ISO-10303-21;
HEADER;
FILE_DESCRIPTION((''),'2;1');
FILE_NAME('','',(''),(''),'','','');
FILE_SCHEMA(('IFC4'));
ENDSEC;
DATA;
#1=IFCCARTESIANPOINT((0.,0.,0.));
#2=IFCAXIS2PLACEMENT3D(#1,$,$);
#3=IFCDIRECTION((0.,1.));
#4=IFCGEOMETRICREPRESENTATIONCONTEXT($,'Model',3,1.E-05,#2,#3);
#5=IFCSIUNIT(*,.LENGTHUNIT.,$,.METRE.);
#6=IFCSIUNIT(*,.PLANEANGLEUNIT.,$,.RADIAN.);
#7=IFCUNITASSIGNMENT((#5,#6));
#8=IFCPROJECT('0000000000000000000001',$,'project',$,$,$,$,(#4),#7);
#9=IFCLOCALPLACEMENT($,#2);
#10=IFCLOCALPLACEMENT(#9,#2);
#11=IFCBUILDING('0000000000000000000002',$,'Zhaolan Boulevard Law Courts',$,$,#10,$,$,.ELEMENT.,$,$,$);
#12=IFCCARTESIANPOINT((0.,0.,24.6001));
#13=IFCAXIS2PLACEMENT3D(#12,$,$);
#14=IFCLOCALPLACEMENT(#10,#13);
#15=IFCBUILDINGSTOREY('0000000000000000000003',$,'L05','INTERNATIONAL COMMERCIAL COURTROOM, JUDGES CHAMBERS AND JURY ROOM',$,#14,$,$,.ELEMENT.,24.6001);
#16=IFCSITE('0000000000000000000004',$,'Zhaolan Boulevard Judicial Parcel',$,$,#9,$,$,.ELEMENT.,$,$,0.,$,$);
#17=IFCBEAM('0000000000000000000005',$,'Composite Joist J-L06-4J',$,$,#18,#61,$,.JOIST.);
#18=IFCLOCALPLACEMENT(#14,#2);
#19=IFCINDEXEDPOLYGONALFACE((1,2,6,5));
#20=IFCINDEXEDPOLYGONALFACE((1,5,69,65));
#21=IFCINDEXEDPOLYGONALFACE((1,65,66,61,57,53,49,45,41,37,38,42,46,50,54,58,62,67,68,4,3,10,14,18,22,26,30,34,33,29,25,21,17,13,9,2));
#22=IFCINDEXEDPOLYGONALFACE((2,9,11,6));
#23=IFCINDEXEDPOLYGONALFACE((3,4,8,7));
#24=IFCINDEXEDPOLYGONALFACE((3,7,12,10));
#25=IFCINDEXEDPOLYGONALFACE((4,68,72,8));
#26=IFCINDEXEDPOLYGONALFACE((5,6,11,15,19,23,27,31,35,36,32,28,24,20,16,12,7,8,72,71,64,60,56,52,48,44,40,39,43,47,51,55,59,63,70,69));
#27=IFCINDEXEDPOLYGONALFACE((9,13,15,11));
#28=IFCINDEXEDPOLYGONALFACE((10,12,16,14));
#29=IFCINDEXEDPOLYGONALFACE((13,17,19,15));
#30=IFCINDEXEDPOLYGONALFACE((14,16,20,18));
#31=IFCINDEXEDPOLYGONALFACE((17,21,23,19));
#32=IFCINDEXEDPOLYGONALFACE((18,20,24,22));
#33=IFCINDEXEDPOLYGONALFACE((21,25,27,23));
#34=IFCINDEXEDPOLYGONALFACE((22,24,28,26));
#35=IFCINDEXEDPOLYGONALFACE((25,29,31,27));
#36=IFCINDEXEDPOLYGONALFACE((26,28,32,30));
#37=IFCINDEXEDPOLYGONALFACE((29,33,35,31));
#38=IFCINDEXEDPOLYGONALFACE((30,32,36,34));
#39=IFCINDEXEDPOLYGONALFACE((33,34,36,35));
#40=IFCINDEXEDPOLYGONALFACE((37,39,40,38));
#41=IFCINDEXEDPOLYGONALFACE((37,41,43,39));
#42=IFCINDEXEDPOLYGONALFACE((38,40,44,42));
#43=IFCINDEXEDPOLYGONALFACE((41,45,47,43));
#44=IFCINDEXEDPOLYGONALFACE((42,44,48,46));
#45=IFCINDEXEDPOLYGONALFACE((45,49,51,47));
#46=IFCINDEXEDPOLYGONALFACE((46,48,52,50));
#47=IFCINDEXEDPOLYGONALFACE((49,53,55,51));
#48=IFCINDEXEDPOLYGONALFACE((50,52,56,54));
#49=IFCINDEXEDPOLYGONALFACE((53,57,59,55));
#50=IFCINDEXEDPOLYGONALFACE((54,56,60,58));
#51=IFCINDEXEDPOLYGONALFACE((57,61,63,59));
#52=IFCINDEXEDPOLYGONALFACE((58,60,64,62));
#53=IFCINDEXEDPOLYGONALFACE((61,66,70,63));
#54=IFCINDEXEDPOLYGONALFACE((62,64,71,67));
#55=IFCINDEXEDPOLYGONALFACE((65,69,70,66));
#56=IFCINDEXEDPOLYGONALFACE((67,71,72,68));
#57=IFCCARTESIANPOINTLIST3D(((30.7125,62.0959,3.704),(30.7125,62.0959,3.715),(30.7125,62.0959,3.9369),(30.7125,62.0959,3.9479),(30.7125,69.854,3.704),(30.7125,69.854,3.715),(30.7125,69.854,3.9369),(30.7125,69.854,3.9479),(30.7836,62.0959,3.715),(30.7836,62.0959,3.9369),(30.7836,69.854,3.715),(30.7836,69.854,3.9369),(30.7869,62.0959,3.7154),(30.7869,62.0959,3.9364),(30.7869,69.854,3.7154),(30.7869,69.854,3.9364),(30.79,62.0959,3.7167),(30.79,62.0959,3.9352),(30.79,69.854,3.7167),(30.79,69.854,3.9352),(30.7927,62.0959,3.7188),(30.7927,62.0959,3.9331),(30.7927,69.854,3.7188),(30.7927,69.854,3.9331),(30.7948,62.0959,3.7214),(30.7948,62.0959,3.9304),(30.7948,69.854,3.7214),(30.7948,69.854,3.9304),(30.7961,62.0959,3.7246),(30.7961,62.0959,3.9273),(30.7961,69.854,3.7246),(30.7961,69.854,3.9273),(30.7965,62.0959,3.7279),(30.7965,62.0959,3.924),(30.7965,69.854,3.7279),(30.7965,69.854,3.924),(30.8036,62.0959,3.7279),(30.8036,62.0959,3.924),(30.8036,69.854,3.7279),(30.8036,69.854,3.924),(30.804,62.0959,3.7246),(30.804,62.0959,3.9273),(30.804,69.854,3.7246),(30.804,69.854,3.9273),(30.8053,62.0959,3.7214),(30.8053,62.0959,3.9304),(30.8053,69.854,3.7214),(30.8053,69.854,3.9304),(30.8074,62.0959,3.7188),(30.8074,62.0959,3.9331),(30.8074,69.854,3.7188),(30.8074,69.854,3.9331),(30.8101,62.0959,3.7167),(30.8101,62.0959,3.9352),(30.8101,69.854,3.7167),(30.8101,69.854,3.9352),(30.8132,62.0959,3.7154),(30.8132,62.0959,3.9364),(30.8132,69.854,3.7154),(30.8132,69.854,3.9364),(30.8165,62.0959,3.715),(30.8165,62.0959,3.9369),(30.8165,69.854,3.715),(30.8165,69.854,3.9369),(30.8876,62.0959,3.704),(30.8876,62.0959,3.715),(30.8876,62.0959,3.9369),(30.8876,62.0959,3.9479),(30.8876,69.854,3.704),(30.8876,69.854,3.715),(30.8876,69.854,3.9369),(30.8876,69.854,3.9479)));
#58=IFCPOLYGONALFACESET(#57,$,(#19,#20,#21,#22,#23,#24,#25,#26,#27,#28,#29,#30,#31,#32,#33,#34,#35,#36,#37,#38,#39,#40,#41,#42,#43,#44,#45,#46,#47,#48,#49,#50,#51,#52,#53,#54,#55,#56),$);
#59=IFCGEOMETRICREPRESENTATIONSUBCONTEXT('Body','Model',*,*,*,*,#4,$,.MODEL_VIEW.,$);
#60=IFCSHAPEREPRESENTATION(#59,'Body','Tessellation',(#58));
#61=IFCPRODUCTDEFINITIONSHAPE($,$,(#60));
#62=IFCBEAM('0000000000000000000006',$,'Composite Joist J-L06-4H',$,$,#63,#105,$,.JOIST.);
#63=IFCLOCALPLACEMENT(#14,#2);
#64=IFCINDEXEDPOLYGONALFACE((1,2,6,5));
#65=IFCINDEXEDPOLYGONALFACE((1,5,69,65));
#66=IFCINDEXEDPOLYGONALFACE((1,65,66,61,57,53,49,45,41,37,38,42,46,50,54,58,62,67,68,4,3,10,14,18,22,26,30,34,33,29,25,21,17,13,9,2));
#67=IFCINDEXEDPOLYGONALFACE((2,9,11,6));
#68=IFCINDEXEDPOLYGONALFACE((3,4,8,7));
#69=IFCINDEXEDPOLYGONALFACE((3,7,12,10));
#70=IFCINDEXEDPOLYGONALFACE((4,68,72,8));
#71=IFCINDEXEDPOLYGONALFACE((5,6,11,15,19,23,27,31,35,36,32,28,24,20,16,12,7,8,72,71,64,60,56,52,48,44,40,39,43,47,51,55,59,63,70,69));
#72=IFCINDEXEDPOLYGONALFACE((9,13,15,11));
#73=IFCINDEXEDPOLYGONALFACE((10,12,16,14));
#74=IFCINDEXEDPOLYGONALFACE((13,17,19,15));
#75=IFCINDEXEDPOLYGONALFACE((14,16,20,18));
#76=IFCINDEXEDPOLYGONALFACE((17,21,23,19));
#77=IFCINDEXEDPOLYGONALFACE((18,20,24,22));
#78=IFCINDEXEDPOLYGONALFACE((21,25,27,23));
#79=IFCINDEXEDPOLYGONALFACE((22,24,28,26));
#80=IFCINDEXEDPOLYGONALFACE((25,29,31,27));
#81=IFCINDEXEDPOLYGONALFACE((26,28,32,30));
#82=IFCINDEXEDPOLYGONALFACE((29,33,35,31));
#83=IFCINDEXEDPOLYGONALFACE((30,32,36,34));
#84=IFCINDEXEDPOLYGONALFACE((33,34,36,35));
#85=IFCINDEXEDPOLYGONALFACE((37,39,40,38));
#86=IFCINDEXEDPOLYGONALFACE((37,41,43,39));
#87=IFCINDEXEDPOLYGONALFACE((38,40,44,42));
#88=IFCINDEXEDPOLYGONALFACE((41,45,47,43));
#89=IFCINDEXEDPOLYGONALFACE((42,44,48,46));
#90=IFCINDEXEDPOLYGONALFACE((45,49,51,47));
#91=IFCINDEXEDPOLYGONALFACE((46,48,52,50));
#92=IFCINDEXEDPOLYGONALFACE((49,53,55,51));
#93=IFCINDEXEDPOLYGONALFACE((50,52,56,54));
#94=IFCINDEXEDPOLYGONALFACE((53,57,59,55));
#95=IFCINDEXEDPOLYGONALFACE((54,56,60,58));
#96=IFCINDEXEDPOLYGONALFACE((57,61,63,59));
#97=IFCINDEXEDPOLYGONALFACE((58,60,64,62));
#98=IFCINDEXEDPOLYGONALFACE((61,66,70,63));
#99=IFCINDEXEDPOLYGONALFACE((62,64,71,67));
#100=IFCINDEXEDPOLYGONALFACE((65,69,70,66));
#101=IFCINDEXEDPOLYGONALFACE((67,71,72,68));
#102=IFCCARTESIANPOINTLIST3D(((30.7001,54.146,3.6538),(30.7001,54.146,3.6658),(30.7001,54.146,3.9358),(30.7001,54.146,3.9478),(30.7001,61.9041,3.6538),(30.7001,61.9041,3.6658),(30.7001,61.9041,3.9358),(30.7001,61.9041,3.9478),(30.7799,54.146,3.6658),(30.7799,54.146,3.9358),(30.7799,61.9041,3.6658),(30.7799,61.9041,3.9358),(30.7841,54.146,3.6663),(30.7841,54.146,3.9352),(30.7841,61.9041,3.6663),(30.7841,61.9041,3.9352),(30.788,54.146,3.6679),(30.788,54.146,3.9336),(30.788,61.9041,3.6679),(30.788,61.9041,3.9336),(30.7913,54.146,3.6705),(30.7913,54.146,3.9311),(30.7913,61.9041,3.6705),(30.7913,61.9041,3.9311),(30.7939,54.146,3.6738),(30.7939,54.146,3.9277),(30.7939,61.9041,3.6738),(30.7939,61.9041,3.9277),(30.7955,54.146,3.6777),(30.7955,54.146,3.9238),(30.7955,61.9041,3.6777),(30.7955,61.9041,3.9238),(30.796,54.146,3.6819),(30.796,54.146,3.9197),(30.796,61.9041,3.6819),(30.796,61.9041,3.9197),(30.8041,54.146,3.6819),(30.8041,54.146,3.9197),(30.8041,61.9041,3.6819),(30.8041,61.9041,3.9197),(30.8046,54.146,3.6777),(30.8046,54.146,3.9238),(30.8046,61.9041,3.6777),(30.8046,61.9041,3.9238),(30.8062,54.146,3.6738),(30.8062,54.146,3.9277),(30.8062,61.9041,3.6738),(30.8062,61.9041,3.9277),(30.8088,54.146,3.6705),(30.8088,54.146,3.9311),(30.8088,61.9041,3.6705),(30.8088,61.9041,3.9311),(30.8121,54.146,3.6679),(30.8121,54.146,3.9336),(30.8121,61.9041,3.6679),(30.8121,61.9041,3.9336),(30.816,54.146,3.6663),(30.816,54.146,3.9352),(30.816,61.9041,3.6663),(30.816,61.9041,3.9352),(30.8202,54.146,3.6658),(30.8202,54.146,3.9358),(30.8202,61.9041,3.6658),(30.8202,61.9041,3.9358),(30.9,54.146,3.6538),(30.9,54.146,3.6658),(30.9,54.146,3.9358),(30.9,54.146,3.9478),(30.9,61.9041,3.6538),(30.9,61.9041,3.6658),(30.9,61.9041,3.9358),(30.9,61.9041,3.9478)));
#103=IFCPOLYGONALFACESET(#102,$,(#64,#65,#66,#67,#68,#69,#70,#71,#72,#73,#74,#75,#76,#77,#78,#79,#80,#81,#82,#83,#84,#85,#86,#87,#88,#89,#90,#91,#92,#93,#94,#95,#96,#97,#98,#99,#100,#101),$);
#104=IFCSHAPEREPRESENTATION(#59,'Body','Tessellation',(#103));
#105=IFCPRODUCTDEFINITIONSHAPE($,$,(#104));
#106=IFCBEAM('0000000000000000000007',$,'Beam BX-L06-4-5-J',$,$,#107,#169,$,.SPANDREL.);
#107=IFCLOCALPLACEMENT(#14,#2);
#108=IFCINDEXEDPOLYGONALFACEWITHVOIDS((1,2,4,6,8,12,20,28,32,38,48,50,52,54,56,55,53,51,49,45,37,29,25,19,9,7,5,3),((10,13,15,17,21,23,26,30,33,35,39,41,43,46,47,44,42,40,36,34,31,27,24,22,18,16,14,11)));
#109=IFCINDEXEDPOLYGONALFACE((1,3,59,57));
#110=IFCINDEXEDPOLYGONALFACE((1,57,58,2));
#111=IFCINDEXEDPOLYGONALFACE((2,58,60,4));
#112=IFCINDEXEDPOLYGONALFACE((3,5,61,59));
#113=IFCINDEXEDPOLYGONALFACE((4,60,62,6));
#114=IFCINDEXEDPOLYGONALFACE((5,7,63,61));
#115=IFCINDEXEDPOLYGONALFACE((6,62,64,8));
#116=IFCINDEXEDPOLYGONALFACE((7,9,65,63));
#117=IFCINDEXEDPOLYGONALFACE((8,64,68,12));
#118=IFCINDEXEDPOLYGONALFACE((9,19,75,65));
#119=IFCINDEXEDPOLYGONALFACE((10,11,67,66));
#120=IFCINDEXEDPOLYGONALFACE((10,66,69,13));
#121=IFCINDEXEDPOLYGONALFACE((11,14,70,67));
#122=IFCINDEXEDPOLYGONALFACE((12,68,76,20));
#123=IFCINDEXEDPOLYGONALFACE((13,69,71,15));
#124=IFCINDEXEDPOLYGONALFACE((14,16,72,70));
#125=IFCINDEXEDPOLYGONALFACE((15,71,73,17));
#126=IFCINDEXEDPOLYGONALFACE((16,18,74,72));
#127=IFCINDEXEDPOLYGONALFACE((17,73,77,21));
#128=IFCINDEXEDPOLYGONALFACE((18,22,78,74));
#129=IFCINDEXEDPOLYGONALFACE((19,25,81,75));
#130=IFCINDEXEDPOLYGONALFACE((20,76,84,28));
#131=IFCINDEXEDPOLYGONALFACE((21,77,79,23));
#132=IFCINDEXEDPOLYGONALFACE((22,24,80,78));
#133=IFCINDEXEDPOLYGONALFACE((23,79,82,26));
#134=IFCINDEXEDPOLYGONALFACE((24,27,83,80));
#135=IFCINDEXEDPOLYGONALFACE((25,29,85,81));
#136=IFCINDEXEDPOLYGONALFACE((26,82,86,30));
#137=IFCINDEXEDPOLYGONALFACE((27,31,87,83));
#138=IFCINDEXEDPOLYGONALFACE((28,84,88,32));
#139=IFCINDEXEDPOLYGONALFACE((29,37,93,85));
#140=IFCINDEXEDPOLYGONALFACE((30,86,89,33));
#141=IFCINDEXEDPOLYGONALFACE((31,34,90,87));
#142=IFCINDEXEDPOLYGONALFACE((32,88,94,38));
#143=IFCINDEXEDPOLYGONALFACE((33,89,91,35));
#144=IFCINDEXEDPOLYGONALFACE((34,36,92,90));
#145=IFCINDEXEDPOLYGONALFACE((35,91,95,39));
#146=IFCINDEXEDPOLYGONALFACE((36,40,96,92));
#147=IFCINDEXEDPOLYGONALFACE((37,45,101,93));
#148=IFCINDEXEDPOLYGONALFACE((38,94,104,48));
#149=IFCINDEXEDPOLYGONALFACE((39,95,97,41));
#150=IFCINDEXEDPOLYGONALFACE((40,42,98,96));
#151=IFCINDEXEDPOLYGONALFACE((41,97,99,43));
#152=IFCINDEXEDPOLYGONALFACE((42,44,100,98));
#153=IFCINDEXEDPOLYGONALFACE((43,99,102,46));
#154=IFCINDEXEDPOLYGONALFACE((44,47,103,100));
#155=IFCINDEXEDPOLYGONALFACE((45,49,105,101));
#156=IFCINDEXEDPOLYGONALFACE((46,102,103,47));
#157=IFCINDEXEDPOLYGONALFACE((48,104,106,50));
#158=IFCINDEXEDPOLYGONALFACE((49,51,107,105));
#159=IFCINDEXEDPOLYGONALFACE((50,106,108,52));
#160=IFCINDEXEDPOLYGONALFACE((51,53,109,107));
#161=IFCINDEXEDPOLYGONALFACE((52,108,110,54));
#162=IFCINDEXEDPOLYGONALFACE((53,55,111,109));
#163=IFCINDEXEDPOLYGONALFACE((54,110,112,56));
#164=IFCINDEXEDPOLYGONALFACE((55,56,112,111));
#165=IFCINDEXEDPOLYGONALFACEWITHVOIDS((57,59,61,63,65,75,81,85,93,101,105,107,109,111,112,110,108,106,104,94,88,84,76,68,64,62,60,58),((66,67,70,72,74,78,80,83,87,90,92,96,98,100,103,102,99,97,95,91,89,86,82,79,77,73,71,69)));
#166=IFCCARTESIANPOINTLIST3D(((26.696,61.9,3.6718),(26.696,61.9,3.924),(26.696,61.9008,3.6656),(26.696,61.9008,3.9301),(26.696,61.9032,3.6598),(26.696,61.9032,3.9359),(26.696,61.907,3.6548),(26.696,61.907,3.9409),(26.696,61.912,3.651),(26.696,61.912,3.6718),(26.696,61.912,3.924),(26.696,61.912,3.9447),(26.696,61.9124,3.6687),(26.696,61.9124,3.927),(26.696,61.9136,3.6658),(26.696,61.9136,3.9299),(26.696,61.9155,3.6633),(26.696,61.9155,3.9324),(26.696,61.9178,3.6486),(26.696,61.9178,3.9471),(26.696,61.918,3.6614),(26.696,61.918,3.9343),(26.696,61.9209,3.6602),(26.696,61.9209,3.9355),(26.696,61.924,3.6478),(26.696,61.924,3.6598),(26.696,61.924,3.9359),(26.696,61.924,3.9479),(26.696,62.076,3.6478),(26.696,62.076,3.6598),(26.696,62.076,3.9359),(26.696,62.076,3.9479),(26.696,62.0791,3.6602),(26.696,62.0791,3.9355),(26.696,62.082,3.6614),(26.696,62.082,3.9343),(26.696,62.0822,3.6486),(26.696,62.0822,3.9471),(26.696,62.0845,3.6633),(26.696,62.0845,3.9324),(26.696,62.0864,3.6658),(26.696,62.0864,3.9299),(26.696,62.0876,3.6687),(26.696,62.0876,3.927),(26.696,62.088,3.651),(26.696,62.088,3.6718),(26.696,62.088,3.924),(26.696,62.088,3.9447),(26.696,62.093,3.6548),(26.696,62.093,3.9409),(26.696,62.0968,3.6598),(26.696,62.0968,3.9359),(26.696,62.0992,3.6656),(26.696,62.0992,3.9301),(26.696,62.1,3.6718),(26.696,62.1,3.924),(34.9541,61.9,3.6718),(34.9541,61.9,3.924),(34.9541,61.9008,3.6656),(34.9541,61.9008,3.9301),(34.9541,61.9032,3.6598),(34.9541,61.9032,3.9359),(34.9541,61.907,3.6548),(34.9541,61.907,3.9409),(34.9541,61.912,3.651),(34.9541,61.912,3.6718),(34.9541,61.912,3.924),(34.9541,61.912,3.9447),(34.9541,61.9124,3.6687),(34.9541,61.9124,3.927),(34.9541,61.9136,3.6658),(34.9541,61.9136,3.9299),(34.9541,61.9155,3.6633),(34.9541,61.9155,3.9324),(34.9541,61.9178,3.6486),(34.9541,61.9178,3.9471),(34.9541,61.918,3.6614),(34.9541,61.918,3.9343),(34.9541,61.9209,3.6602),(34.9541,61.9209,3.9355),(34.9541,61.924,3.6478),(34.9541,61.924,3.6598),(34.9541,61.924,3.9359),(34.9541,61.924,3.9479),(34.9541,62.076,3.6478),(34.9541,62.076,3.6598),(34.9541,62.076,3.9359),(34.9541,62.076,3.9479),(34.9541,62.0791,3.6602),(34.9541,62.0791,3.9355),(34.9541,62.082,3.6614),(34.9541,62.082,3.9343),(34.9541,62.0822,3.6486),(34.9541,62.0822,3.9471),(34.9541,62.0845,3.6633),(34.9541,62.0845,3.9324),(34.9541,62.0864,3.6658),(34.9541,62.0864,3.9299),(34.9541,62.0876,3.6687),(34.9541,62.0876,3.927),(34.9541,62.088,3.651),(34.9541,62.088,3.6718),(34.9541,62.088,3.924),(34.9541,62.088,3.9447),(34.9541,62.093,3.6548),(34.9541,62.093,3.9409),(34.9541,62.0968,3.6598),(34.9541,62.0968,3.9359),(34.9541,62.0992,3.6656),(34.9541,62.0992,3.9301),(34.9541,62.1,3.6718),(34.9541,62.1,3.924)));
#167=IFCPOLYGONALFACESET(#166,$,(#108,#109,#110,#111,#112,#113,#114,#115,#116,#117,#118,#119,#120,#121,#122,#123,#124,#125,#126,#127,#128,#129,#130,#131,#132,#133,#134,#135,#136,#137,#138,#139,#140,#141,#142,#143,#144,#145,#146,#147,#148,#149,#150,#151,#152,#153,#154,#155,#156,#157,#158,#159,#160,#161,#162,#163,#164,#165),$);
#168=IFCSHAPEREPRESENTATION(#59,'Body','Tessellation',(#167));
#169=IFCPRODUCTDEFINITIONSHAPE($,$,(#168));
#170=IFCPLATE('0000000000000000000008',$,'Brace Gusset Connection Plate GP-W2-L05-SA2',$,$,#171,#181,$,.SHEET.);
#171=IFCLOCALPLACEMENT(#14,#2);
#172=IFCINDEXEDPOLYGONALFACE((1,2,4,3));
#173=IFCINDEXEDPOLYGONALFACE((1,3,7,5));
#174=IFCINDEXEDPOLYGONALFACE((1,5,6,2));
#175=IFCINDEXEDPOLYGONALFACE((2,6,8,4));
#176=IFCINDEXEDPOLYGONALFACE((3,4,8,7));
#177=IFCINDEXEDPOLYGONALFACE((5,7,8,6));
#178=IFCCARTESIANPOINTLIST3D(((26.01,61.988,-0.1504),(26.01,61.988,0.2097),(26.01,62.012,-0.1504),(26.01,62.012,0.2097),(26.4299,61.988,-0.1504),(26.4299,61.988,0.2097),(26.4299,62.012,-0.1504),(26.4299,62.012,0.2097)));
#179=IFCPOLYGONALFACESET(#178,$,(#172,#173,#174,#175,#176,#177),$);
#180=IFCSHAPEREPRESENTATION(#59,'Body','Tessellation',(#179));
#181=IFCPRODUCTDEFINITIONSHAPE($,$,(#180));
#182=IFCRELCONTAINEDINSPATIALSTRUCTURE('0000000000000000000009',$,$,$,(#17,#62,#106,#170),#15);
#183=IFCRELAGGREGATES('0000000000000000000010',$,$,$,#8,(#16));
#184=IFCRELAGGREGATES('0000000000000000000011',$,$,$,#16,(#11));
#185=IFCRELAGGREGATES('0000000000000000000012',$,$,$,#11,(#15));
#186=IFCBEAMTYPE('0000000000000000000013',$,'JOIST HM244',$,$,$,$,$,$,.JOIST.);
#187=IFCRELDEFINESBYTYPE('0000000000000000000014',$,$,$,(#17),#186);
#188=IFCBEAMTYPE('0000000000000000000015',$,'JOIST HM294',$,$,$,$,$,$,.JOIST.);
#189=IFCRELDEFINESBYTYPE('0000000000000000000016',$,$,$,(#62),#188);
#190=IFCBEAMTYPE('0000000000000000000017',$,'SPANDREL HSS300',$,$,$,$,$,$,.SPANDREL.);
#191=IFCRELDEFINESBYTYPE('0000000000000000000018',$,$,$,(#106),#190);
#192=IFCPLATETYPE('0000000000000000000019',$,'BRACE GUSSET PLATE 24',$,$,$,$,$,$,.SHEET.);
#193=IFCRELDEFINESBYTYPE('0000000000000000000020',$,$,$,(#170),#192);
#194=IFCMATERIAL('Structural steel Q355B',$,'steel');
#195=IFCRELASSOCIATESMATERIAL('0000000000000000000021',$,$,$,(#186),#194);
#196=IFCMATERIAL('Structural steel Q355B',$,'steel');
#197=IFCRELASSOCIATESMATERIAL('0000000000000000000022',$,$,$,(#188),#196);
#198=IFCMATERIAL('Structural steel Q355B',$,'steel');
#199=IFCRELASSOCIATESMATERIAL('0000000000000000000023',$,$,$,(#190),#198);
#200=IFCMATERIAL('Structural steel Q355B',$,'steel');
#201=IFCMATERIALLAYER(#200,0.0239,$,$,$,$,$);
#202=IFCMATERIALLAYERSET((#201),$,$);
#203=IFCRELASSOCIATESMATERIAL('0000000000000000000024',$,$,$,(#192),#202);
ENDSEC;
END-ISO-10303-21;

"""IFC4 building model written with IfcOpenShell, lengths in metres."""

from ifc_helpers import new_model, si_unit, direction, frame, origin, origin_2d, place, context, subcontext, project, spatial, rectangle, hollow_rectangle, i_section, extrude, material, layer, layer_set, material_profile, profile_set, type_object, element, save


model = new_model("IFC4")

# Units and contexts
model_context = context("Model", 3, precision=1e-05, world=origin(), true_north=direction((0.0, 1.0)))
body_context = subcontext(model_context, "Body", "Model", "MODEL_VIEW")
ifc_project = project(units=[si_unit("LENGTHUNIT", "METRE"), si_unit("PLANEANGLEUNIT", "RADIAN")], contexts=[model_context])

# Site, building, storey
site_placement = place(None, origin())
site = spatial("IfcSite", under=ifc_project, at=site_placement, Name="Zhaolan Boulevard Judicial Parcel", CompositionType="ELEMENT", RefElevation=0.0)
building_placement = place(site_placement, origin())
building = spatial("IfcBuilding", under=site, at=building_placement, Name="Zhaolan Boulevard Law Courts", CompositionType="ELEMENT")
storey_placement = place(building_placement, frame((0.0, 0.0, 24.6001)))
storey = spatial("IfcBuildingStorey", under=building, at=storey_placement, Name="L05", Description="INTERNATIONAL COMMERCIAL COURTROOM, JUDGES CHAMBERS AND JURY ROOM", CompositionType="ELEMENT", Elevation=24.6001)

# Beams
ifc_material_1 = material(Name="Structural steel Q355B", Category="steel")
ifc_material_profile_1 = material_profile(ifc_material_1, i_section(OverallWidth=0.175, OverallDepth=0.2439, WebThickness=0.0071, FlangeThickness=0.011, FilletRadius=0.0129, at=origin_2d()), Name="HM244x175")
ifc_profile_set_1 = profile_set([ifc_material_profile_1], Name="Structural steel Q355B")
beam_type_1 = type_object("IfcBeamType", Name="JOIST HM244", PredefinedType="JOIST", material=ifc_profile_set_1)
beam_1_placement = place(storey_placement, frame((30.8, 62.0959, 3.8259), z_axis=(0.0, 1.0, 0.0), x_axis=(-1.0, 0.0, 0.0)))
element("IfcBeam", 1, at=beam_1_placement, inside=storey, type_object=beam_type_1, Name="Composite Joist J-L06-4J", PredefinedType="JOIST", context=body_context, shape_type="SweptSolid", body=[
    extrude(i_section(OverallWidth=0.175, OverallDepth=0.2439, WebThickness=0.0071, FlangeThickness=0.011, FilletRadius=0.0129, at=origin_2d()), origin(), (0.0, 0.0, 1.0), 7.7581),
])
ifc_material_2 = material(Name="Structural steel Q355B", Category="steel")
ifc_material_profile_2 = material_profile(ifc_material_2, i_section(OverallWidth=0.2, OverallDepth=0.2939, WebThickness=0.0081, FlangeThickness=0.012, FilletRadius=0.0161, at=origin_2d()), Name="HM294x200")
ifc_profile_set_2 = profile_set([ifc_material_profile_2], Name="Structural steel Q355B")
beam_type_2 = type_object("IfcBeamType", Name="JOIST HM294", PredefinedType="JOIST", material=ifc_profile_set_2)
beam_2_placement = place(storey_placement, frame((30.8, 54.146, 3.8008), z_axis=(0.0, 1.0, 0.0), x_axis=(-1.0, 0.0, 0.0)))
element("IfcBeam", 2, at=beam_2_placement, inside=storey, type_object=beam_type_2, Name="Composite Joist J-L06-4H", PredefinedType="JOIST", context=body_context, shape_type="SweptSolid", body=[
    extrude(i_section(OverallWidth=0.2, OverallDepth=0.2939, WebThickness=0.0081, FlangeThickness=0.012, FilletRadius=0.0161, at=origin_2d()), origin(), (0.0, 0.0, 1.0), 7.7581),
])
ifc_material_3 = material(Name="Structural steel Q355B", Category="steel")
ifc_material_profile_3 = material_profile(ifc_material_3, hollow_rectangle(XDim=0.2, YDim=0.3, WallThickness=0.012, InnerFilletRadius=0.012, OuterFilletRadius=0.0239, at=origin_2d()), Name="HSS300x200x12")
ifc_profile_set_3 = profile_set([ifc_material_profile_3], Name="Structural steel Q355B")
beam_type_3 = type_object("IfcBeamType", Name="SPANDREL HSS300", PredefinedType="SPANDREL", material=ifc_profile_set_3)
beam_3_placement = place(storey_placement, frame((26.696, 62.0, 3.7979), z_axis=(1.0, 0.0, 0.0), x_axis=(0.0, 1.0, 0.0)))
element("IfcBeam", 3, at=beam_3_placement, inside=storey, type_object=beam_type_3, Name="Beam BX-L06-4-5-J", PredefinedType="SPANDREL", context=body_context, shape_type="SweptSolid", body=[
    extrude(hollow_rectangle(XDim=0.2, YDim=0.3, WallThickness=0.012, InnerFilletRadius=0.012, OuterFilletRadius=0.0239, at=origin_2d()), origin(), (0.0, 0.0, 1.0), 8.2581),
])

# Plate
ifc_material_4 = material(Name="Structural steel Q355B", Category="steel")
ifc_layer_1 = layer(ifc_material_4, 0.0239)
ifc_layer_set_1 = layer_set([ifc_layer_1])
plate_type_1 = type_object("IfcPlateType", Name="BRACE GUSSET PLATE 24", PredefinedType="SHEET", material=ifc_layer_set_1)
plate_1_placement = place(storey_placement, frame((26.22, 62.0, -0.1504), z_axis=(0.0, 0.0, 1.0), x_axis=(1.0, 0.0, 0.0)))
element("IfcPlate", 4, at=plate_1_placement, inside=storey, type_object=plate_type_1, Name="Brace Gusset Connection Plate GP-W2-L05-SA2", PredefinedType="SHEET", context=body_context, shape_type="SweptSolid", body=[
    extrude(rectangle(XDim=0.4199, YDim=0.0239, at=origin_2d()), origin(), (0.0, 0.0, 1.0), 0.3601),
])

save(model, "model.ifc")
